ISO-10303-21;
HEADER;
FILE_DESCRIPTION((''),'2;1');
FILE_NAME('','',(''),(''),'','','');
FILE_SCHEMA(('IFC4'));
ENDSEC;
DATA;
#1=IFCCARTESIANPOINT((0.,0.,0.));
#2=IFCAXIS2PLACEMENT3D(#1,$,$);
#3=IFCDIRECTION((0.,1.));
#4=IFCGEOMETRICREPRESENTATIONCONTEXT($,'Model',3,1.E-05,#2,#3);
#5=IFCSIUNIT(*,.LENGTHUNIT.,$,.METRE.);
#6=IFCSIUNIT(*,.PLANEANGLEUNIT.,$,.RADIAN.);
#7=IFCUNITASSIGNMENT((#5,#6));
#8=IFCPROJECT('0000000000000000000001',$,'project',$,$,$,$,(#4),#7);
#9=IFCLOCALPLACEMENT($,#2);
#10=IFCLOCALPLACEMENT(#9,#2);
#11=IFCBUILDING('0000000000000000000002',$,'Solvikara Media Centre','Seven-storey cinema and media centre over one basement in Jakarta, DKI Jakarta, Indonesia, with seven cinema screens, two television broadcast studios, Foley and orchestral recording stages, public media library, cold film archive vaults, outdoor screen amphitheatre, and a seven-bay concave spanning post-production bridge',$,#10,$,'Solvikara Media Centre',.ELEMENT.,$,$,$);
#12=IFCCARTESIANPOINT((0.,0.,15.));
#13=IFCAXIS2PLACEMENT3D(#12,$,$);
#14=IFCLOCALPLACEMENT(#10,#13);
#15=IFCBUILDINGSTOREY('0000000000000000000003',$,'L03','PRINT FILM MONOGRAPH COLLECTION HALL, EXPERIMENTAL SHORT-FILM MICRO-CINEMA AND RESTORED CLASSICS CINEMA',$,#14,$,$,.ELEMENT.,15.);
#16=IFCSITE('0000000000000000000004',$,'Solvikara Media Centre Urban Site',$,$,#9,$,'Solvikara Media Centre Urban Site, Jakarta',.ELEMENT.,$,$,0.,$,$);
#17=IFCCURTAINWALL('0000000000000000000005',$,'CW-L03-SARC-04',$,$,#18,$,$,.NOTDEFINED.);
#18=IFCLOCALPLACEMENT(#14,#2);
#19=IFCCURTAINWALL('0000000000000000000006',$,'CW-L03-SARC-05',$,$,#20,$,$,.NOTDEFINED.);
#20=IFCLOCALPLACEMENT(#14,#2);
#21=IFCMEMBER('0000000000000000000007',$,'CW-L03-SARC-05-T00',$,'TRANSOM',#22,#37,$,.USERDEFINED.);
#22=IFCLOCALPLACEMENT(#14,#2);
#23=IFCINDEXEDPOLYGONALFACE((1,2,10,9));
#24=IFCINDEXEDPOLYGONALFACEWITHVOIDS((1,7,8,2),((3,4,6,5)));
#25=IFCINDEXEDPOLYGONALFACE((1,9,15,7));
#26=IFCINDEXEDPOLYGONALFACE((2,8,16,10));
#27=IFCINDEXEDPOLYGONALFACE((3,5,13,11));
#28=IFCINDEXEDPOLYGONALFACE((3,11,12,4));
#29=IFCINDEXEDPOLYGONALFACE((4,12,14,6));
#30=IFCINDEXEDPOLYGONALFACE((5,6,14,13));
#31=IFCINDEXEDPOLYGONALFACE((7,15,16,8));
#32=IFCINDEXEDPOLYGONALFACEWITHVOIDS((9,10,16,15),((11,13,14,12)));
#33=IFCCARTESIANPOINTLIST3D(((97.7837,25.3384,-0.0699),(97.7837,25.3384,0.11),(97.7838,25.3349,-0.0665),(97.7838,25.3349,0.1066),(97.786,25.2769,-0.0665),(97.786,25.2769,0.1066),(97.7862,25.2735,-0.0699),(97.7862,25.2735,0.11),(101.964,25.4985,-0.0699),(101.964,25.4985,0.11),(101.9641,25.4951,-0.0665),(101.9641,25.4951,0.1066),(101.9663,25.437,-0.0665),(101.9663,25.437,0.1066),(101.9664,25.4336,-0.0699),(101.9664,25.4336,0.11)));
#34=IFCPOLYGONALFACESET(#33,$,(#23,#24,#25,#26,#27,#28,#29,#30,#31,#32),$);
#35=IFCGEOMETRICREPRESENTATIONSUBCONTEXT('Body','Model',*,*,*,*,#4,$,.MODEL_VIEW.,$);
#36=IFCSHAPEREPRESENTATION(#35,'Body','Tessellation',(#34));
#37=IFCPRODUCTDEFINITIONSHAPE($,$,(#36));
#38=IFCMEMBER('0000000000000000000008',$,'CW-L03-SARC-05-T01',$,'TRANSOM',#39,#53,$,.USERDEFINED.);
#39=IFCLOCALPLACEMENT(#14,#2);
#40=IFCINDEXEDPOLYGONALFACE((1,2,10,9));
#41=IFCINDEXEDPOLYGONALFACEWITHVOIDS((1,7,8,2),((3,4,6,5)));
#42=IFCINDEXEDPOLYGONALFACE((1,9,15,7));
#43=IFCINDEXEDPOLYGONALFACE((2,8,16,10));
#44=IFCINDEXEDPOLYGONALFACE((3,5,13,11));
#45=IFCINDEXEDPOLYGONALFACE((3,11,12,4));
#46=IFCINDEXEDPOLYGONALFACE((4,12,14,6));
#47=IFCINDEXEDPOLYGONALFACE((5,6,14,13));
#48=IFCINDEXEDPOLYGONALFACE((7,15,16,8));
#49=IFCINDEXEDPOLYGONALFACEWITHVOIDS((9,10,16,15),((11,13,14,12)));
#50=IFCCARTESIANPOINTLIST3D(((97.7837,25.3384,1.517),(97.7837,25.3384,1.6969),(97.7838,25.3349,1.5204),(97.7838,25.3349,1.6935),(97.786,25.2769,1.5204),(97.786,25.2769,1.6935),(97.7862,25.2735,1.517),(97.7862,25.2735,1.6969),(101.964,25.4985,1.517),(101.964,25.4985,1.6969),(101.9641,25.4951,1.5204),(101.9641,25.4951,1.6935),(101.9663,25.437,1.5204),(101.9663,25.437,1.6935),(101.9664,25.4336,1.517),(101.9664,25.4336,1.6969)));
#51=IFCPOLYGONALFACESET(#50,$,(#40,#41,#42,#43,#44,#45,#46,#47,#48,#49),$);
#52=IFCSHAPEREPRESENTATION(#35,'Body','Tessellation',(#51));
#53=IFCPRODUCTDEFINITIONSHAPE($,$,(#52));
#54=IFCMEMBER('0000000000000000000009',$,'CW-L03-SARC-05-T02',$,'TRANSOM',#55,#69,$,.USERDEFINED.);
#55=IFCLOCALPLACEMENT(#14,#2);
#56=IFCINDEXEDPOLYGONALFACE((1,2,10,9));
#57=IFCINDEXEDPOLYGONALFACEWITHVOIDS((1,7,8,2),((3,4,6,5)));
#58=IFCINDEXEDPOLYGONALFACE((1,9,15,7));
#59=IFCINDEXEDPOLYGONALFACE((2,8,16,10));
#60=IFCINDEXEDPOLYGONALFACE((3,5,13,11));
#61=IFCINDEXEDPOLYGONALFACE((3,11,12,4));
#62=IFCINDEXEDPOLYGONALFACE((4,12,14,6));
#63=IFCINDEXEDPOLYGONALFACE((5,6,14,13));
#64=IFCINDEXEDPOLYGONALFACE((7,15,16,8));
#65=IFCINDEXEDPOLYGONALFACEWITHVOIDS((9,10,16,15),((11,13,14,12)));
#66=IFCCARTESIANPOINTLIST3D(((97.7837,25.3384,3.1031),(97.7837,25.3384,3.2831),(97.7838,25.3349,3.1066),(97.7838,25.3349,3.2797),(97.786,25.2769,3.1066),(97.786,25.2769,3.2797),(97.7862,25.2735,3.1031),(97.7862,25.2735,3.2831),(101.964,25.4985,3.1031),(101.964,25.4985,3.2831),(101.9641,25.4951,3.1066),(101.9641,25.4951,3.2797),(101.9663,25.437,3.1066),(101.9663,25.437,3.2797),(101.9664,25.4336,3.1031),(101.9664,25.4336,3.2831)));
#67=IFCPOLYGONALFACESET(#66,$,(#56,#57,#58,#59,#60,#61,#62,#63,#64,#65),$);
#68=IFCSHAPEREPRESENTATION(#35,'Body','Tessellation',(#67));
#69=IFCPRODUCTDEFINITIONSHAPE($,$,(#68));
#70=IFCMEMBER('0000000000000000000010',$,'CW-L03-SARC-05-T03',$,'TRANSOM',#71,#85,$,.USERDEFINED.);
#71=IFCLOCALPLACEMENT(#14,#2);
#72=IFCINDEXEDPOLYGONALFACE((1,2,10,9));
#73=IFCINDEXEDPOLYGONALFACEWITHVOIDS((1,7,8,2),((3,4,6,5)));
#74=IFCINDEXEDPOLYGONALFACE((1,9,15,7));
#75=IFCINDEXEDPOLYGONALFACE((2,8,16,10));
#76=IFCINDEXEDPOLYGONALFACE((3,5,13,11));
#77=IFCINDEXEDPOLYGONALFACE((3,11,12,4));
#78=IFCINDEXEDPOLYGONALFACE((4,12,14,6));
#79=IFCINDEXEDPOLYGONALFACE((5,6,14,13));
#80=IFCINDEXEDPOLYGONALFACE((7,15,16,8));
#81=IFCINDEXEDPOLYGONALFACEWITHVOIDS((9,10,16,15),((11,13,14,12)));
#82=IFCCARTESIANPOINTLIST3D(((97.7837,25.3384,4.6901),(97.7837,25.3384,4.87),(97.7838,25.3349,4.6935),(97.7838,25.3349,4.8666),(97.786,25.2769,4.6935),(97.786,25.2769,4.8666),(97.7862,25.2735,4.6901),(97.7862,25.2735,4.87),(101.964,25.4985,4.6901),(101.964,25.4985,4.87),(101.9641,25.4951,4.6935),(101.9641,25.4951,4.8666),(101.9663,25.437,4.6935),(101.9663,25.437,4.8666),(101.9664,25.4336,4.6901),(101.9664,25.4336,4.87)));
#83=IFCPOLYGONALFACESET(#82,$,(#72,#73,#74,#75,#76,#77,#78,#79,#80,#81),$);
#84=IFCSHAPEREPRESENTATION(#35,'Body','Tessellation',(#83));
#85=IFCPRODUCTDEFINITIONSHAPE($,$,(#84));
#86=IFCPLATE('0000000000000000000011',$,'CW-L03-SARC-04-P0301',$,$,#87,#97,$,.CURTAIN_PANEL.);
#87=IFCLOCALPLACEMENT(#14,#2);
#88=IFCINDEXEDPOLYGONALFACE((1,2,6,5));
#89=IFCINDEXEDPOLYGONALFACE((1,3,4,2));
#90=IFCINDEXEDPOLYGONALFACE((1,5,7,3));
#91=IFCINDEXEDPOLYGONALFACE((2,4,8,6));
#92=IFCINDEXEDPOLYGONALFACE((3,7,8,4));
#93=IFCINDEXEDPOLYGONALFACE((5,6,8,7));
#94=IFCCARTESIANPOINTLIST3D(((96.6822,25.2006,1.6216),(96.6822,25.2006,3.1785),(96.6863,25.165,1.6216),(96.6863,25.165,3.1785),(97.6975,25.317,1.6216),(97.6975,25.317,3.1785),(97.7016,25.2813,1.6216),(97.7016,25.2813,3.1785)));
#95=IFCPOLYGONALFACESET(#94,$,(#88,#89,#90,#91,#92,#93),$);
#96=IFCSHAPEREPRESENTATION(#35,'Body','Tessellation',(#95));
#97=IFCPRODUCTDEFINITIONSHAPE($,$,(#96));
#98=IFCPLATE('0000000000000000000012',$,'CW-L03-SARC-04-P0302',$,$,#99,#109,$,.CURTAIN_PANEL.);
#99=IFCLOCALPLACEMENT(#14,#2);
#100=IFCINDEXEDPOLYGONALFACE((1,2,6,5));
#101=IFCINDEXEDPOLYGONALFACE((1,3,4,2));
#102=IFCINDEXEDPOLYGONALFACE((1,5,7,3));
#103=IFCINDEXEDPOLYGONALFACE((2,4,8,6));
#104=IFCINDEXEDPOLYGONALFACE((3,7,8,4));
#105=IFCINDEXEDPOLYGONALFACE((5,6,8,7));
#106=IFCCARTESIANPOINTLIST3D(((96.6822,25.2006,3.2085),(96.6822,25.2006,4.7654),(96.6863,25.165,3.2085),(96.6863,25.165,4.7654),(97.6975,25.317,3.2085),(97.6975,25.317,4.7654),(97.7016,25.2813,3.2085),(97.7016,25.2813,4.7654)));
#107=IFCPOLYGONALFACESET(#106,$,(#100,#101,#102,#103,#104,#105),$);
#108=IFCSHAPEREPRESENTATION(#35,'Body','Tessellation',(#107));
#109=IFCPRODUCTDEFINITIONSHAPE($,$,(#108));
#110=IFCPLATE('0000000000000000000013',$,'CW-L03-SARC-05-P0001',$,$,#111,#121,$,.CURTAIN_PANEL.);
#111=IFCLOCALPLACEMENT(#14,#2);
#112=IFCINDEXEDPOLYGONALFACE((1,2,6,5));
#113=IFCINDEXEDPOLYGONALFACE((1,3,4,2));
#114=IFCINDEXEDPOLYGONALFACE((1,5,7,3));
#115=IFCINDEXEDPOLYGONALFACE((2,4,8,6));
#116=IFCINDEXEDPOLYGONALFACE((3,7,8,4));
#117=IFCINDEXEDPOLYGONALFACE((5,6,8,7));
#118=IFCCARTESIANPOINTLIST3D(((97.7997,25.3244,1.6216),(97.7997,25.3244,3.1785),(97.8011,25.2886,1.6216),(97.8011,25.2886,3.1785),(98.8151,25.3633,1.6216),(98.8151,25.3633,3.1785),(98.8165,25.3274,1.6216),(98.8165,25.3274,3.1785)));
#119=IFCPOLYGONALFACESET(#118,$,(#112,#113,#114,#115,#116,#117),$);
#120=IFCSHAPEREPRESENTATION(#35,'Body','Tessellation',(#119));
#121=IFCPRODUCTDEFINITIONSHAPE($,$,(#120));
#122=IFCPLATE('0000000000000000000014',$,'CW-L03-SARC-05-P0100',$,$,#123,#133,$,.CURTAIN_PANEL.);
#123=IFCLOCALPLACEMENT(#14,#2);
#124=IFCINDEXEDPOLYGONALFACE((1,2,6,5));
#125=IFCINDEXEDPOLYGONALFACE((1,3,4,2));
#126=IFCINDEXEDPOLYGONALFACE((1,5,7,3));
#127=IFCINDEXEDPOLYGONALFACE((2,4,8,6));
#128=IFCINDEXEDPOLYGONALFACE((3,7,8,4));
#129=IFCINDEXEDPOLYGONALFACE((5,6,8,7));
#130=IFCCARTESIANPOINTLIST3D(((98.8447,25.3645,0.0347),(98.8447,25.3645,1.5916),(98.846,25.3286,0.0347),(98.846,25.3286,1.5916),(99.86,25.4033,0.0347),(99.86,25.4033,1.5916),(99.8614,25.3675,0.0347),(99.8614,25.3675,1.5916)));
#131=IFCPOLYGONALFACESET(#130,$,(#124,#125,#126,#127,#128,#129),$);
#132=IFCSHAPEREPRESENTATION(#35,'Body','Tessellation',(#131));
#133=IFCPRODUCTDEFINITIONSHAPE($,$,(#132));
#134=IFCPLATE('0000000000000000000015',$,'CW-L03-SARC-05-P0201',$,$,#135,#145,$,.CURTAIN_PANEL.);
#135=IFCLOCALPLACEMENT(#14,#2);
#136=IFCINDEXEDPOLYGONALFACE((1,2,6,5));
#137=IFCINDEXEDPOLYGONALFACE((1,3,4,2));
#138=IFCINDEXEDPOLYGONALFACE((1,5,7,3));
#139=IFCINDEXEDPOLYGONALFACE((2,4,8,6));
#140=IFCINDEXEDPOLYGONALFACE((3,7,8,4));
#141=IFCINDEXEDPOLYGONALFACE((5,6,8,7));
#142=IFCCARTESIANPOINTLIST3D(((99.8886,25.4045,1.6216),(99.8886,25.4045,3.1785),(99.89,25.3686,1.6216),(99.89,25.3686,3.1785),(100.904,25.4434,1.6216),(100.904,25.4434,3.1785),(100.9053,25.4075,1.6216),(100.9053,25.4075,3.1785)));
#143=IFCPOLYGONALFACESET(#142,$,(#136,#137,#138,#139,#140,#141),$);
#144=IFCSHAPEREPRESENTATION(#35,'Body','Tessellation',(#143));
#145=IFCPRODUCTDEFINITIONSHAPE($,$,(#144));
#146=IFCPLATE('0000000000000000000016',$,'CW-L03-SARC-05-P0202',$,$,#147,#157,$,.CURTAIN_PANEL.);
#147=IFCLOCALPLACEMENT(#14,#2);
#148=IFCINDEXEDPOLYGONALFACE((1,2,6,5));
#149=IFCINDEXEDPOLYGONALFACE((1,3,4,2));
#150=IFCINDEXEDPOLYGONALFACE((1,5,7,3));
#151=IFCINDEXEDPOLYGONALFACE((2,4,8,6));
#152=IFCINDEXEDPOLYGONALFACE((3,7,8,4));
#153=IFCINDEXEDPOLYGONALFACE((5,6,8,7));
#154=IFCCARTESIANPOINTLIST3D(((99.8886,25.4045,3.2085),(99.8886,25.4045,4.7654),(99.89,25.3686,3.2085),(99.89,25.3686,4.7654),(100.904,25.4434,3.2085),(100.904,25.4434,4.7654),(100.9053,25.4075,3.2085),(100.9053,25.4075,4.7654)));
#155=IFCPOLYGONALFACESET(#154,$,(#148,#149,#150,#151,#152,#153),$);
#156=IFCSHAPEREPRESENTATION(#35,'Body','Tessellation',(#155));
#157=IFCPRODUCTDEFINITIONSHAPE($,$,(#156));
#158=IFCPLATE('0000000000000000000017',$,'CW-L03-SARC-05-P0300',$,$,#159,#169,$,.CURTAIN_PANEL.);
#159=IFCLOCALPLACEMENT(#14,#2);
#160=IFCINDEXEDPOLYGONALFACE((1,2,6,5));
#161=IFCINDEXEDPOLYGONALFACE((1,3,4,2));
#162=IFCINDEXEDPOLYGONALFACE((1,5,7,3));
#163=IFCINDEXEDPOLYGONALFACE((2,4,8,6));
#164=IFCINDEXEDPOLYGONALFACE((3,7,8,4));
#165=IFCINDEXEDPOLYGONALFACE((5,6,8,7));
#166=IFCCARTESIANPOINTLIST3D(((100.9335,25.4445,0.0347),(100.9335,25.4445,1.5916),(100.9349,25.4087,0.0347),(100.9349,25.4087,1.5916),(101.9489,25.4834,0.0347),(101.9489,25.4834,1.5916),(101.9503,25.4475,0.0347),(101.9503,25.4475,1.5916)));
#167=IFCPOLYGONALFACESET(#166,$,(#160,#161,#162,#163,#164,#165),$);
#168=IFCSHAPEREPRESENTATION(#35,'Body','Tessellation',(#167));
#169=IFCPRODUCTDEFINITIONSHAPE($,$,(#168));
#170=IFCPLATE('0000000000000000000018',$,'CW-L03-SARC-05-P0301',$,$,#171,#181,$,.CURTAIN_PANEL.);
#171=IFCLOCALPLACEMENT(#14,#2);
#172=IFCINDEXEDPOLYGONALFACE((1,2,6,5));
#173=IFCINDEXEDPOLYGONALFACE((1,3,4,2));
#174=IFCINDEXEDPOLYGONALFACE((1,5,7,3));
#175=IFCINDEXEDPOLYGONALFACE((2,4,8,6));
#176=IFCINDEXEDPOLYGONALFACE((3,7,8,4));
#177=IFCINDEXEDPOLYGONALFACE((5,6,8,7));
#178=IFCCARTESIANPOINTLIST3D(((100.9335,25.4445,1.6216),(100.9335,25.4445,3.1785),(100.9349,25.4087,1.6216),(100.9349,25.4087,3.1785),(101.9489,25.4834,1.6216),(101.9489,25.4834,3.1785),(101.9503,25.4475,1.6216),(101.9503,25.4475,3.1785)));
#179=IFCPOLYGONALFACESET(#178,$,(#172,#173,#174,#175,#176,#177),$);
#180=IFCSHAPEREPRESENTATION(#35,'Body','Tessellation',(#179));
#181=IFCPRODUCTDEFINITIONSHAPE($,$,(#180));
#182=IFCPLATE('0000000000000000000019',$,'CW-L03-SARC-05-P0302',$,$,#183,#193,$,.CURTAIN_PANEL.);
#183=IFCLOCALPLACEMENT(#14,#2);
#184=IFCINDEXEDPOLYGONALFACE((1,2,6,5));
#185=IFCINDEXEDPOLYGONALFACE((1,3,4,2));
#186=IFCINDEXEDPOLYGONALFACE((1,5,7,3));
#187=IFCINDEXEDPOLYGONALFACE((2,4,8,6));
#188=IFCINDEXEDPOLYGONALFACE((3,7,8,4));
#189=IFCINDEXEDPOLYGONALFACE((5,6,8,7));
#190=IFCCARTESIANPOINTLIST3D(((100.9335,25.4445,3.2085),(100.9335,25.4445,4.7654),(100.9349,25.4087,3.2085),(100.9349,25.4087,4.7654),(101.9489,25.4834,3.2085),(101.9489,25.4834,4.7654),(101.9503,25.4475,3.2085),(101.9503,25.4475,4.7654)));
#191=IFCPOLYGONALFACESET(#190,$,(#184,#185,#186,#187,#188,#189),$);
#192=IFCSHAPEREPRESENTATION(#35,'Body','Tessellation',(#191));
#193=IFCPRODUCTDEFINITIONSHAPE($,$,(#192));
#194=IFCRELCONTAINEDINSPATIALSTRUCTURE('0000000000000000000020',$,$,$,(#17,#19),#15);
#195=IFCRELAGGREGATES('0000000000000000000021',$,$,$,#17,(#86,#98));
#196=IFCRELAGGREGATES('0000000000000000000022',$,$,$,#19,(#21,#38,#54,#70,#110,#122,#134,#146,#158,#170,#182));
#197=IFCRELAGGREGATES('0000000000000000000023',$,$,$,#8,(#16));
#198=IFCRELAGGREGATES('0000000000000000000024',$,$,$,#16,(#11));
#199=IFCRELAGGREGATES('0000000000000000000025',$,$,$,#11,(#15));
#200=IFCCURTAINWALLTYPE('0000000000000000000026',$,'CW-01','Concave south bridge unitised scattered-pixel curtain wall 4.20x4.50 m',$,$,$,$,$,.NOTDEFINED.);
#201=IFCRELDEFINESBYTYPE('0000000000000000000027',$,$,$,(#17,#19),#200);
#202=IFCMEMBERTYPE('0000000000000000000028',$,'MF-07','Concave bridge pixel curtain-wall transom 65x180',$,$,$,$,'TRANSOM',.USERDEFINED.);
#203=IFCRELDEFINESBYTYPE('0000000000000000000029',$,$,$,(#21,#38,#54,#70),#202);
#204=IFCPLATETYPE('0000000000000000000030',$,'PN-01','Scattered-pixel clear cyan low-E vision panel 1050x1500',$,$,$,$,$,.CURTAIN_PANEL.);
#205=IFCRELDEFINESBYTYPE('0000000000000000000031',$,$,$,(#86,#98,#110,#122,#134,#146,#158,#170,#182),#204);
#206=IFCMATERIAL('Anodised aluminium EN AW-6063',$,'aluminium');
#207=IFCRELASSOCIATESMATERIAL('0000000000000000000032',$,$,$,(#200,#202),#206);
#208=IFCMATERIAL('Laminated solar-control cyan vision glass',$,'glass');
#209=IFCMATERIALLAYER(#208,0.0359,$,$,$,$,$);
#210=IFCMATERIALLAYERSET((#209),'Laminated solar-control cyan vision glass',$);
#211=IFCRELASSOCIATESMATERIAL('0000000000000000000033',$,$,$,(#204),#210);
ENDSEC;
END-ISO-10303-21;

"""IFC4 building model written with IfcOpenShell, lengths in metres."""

from ifc_helpers import new_model, si_unit, direction, frame, origin, origin_2d, place, context, subcontext, project, spatial, rectangle, hollow_rectangle, extrude, material, layer, layer_set, material_profile, profile_set, type_object, element, aggregate, save


model = new_model("IFC4")

# Units and contexts
model_context = context("Model", 3, precision=1e-05, world=origin(), true_north=direction((0.0, 1.0)))
body_context = subcontext(model_context, "Body", "Model", "MODEL_VIEW")
ifc_project = project(units=[si_unit("LENGTHUNIT", "METRE"), si_unit("PLANEANGLEUNIT", "RADIAN")], contexts=[model_context])

# Site, building, storey
site_placement = place(None, origin())
site = spatial("IfcSite", under=ifc_project, at=site_placement, Name="Solvikara Media Centre Urban Site", LongName="Solvikara Media Centre Urban Site, Jakarta", CompositionType="ELEMENT", RefElevation=0.0)
building_placement = place(site_placement, origin())
building = spatial("IfcBuilding", under=site, at=building_placement, Name="Solvikara Media Centre", Description="Seven-storey cinema and media centre over one basement in Jakarta, DKI Jakarta, Indonesia, with seven cinema screens, two television broadcast studios, Foley and orchestral recording stages, public media library, cold film archive vaults, outdoor screen amphitheatre, and a seven-bay concave spanning post-production bridge", LongName="Solvikara Media Centre", CompositionType="ELEMENT")
storey_placement = place(building_placement, frame((0.0, 0.0, 15.0)))
storey = spatial("IfcBuildingStorey", under=building, at=storey_placement, Name="L03", Description="PRINT FILM MONOGRAPH COLLECTION HALL, EXPERIMENTAL SHORT-FILM MICRO-CINEMA AND RESTORED CLASSICS CINEMA", CompositionType="ELEMENT", Elevation=15.0)

# Curtain wall
ifc_material_1 = material(Name="Anodised aluminium EN AW-6063", Category="aluminium")
curtain_wall_type = type_object("IfcCurtainWallType", Name="CW-01", Description="Concave south bridge unitised scattered-pixel curtain wall 4.20x4.50 m", PredefinedType="NOTDEFINED", material=ifc_material_1)
curtain_wall_1_placement = place(storey_placement, origin())
curtain_wall_1 = element("IfcCurtainWall", 1, at=curtain_wall_1_placement, inside=storey, type_object=curtain_wall_type, Name="CW-L03-SARC-04", PredefinedType="NOTDEFINED")

# Curtain wall, members
curtain_wall_2_placement = place(storey_placement, origin())
curtain_wall_2 = element("IfcCurtainWall", 2, at=curtain_wall_2_placement, inside=storey, type_object=curtain_wall_type, Name="CW-L03-SARC-05", PredefinedType="NOTDEFINED")
ifc_material_profile_1 = material_profile(ifc_material_1, hollow_rectangle(XDim=0.0649, YDim=0.1799, WallThickness=0.0034, at=origin_2d()), Name="ALU-T 65x180x3.5")
ifc_profile_set_1 = profile_set([ifc_material_profile_1], Name="Anodised aluminium EN AW-6063")
member_type_1 = type_object("IfcMemberType", Name="MF-07", Description="Concave bridge pixel curtain-wall transom 65x180", ElementType="TRANSOM", PredefinedType="USERDEFINED", material=ifc_profile_set_1)
member_1_placement = place(storey_placement, frame((97.7849, 25.3059, 0.02), z_axis=(0.999267, 0.038285, 0.0), x_axis=(-0.038285, 0.999267, 0.0)))
member_1 = element("IfcMember", 3, at=member_1_placement, type_object=member_type_1, Name="CW-L03-SARC-05-T00", ObjectType="TRANSOM", PredefinedType="USERDEFINED", context=body_context, shape_type="SweptSolid", body=[
    extrude(hollow_rectangle(XDim=0.0649, YDim=0.1799, WallThickness=0.0034, at=origin_2d()), origin(), (0.0, 0.0, 1.0), 4.1833),
])
member_2_placement = place(storey_placement, frame((97.7849, 25.3059, 1.6069), z_axis=(0.999267, 0.038285, 0.0), x_axis=(-0.038285, 0.999267, 0.0)))
member_2 = element("IfcMember", 4, at=member_2_placement, type_object=member_type_1, Name="CW-L03-SARC-05-T01", ObjectType="TRANSOM", PredefinedType="USERDEFINED", context=body_context, shape_type="SweptSolid", body=[
    extrude(hollow_rectangle(XDim=0.0649, YDim=0.1799, WallThickness=0.0034, at=origin_2d()), origin(), (0.0, 0.0, 1.0), 4.1833),
])
member_3_placement = place(storey_placement, frame((97.7849, 25.3059, 3.1931), z_axis=(0.999267, 0.038285, 0.0), x_axis=(-0.038285, 0.999267, 0.0)))
member_3 = element("IfcMember", 5, at=member_3_placement, type_object=member_type_1, Name="CW-L03-SARC-05-T02", ObjectType="TRANSOM", PredefinedType="USERDEFINED", context=body_context, shape_type="SweptSolid", body=[
    extrude(hollow_rectangle(XDim=0.0649, YDim=0.1799, WallThickness=0.0034, at=origin_2d()), origin(), (0.0, 0.0, 1.0), 4.1833),
])
member_4_placement = place(storey_placement, frame((97.7849, 25.3059, 4.78), z_axis=(0.999267, 0.038285, 0.0), x_axis=(-0.038285, 0.999267, 0.0)))
member_4 = element("IfcMember", 6, at=member_4_placement, type_object=member_type_1, Name="CW-L03-SARC-05-T03", ObjectType="TRANSOM", PredefinedType="USERDEFINED", context=body_context, shape_type="SweptSolid", body=[
    extrude(hollow_rectangle(XDim=0.0649, YDim=0.1799, WallThickness=0.0034, at=origin_2d()), origin(), (0.0, 0.0, 1.0), 4.1833),
])

# Plates
ifc_material_2 = material(Name="Laminated solar-control cyan vision glass", Category="glass")
ifc_layer_1 = layer(ifc_material_2, 0.0359)
ifc_layer_set_1 = layer_set([ifc_layer_1], Name="Laminated solar-control cyan vision glass")
plate_type_1 = type_object("IfcPlateType", Name="PN-01", Description="Scattered-pixel clear cyan low-E vision panel 1050x1500", PredefinedType="CURTAIN_PANEL", material=ifc_layer_set_1)
plate_1_placement = place(storey_placement, frame((97.1919, 25.241, 1.6216), z_axis=(0.0, 0.0, 1.0), x_axis=(0.993499, 0.113845, 0.0)))
plate_1 = element("IfcPlate", 7, at=plate_1_placement, type_object=plate_type_1, Name="CW-L03-SARC-04-P0301", PredefinedType="CURTAIN_PANEL", context=body_context, shape_type="SweptSolid", body=[
    extrude(rectangle(XDim=1.022, YDim=0.0359, at=origin_2d()), origin(), (0.0, 0.0, 1.0), 1.5569),
])
plate_2_placement = place(storey_placement, frame((97.1919, 25.241, 3.2085), z_axis=(0.0, 0.0, 1.0), x_axis=(0.993499, 0.113845, 0.0)))
plate_2 = element("IfcPlate", 8, at=plate_2_placement, type_object=plate_type_1, Name="CW-L03-SARC-04-P0302", PredefinedType="CURTAIN_PANEL", context=body_context, shape_type="SweptSolid", body=[
    extrude(rectangle(XDim=1.022, YDim=0.0359, at=origin_2d()), origin(), (0.0, 0.0, 1.0), 1.5569),
])
aggregate(curtain_wall_1, [plate_1, plate_2])
plate_3_placement = place(storey_placement, frame((98.3081, 25.3259, 1.6216), z_axis=(0.0, 0.0, 1.0), x_axis=(0.999268, 0.038248, 0.0)))
plate_3 = element("IfcPlate", 9, at=plate_3_placement, type_object=plate_type_1, Name="CW-L03-SARC-05-P0001", PredefinedType="CURTAIN_PANEL", context=body_context, shape_type="SweptSolid", body=[
    extrude(rectangle(XDim=1.0161, YDim=0.0359, at=origin_2d()), origin(), (0.0, 0.0, 1.0), 1.5569),
])
plate_4_placement = place(storey_placement, frame((99.353, 25.366, 0.0347), z_axis=(0.0, 0.0, 1.0), x_axis=(0.999268, 0.038248, 0.0)))
plate_4 = element("IfcPlate", 10, at=plate_4_placement, type_object=plate_type_1, Name="CW-L03-SARC-05-P0100", PredefinedType="CURTAIN_PANEL", context=body_context, shape_type="SweptSolid", body=[
    extrude(rectangle(XDim=1.0161, YDim=0.0359, at=origin_2d()), origin(), (0.0, 0.0, 1.0), 1.5569),
])
plate_5_placement = place(storey_placement, frame((100.397, 25.406, 1.6216), z_axis=(0.0, 0.0, 1.0), x_axis=(0.999268, 0.038248, 0.0)))
plate_5 = element("IfcPlate", 11, at=plate_5_placement, type_object=plate_type_1, Name="CW-L03-SARC-05-P0201", PredefinedType="CURTAIN_PANEL", context=body_context, shape_type="SweptSolid", body=[
    extrude(rectangle(XDim=1.0161, YDim=0.0359, at=origin_2d()), origin(), (0.0, 0.0, 1.0), 1.5569),
])
plate_6_placement = place(storey_placement, frame((100.397, 25.406, 3.2085), z_axis=(0.0, 0.0, 1.0), x_axis=(0.999268, 0.038248, 0.0)))
plate_6 = element("IfcPlate", 12, at=plate_6_placement, type_object=plate_type_1, Name="CW-L03-SARC-05-P0202", PredefinedType="CURTAIN_PANEL", context=body_context, shape_type="SweptSolid", body=[
    extrude(rectangle(XDim=1.0161, YDim=0.0359, at=origin_2d()), origin(), (0.0, 0.0, 1.0), 1.5569),
])
plate_7_placement = place(storey_placement, frame((101.4419, 25.446, 0.0347), z_axis=(0.0, 0.0, 1.0), x_axis=(0.999268, 0.038248, 0.0)))
plate_7 = element("IfcPlate", 13, at=plate_7_placement, type_object=plate_type_1, Name="CW-L03-SARC-05-P0300", PredefinedType="CURTAIN_PANEL", context=body_context, shape_type="SweptSolid", body=[
    extrude(rectangle(XDim=1.0161, YDim=0.0359, at=origin_2d()), origin(), (0.0, 0.0, 1.0), 1.5569),
])
plate_8_placement = place(storey_placement, frame((101.4419, 25.446, 1.6216), z_axis=(0.0, 0.0, 1.0), x_axis=(0.999268, 0.038248, 0.0)))
plate_8 = element("IfcPlate", 14, at=plate_8_placement, type_object=plate_type_1, Name="CW-L03-SARC-05-P0301", PredefinedType="CURTAIN_PANEL", context=body_context, shape_type="SweptSolid", body=[
    extrude(rectangle(XDim=1.0161, YDim=0.0359, at=origin_2d()), origin(), (0.0, 0.0, 1.0), 1.5569),
])
plate_9_placement = place(storey_placement, frame((101.4419, 25.446, 3.2085), z_axis=(0.0, 0.0, 1.0), x_axis=(0.999268, 0.038248, 0.0)))
plate_9 = element("IfcPlate", 15, at=plate_9_placement, type_object=plate_type_1, Name="CW-L03-SARC-05-P0302", PredefinedType="CURTAIN_PANEL", context=body_context, shape_type="SweptSolid", body=[
    extrude(rectangle(XDim=1.0161, YDim=0.0359, at=origin_2d()), origin(), (0.0, 0.0, 1.0), 1.5569),
])
aggregate(curtain_wall_2, [member_1, member_2, member_3, member_4, plate_3, plate_4, plate_5, plate_6, plate_7, plate_8, plate_9])

save(model, "model.ifc")
